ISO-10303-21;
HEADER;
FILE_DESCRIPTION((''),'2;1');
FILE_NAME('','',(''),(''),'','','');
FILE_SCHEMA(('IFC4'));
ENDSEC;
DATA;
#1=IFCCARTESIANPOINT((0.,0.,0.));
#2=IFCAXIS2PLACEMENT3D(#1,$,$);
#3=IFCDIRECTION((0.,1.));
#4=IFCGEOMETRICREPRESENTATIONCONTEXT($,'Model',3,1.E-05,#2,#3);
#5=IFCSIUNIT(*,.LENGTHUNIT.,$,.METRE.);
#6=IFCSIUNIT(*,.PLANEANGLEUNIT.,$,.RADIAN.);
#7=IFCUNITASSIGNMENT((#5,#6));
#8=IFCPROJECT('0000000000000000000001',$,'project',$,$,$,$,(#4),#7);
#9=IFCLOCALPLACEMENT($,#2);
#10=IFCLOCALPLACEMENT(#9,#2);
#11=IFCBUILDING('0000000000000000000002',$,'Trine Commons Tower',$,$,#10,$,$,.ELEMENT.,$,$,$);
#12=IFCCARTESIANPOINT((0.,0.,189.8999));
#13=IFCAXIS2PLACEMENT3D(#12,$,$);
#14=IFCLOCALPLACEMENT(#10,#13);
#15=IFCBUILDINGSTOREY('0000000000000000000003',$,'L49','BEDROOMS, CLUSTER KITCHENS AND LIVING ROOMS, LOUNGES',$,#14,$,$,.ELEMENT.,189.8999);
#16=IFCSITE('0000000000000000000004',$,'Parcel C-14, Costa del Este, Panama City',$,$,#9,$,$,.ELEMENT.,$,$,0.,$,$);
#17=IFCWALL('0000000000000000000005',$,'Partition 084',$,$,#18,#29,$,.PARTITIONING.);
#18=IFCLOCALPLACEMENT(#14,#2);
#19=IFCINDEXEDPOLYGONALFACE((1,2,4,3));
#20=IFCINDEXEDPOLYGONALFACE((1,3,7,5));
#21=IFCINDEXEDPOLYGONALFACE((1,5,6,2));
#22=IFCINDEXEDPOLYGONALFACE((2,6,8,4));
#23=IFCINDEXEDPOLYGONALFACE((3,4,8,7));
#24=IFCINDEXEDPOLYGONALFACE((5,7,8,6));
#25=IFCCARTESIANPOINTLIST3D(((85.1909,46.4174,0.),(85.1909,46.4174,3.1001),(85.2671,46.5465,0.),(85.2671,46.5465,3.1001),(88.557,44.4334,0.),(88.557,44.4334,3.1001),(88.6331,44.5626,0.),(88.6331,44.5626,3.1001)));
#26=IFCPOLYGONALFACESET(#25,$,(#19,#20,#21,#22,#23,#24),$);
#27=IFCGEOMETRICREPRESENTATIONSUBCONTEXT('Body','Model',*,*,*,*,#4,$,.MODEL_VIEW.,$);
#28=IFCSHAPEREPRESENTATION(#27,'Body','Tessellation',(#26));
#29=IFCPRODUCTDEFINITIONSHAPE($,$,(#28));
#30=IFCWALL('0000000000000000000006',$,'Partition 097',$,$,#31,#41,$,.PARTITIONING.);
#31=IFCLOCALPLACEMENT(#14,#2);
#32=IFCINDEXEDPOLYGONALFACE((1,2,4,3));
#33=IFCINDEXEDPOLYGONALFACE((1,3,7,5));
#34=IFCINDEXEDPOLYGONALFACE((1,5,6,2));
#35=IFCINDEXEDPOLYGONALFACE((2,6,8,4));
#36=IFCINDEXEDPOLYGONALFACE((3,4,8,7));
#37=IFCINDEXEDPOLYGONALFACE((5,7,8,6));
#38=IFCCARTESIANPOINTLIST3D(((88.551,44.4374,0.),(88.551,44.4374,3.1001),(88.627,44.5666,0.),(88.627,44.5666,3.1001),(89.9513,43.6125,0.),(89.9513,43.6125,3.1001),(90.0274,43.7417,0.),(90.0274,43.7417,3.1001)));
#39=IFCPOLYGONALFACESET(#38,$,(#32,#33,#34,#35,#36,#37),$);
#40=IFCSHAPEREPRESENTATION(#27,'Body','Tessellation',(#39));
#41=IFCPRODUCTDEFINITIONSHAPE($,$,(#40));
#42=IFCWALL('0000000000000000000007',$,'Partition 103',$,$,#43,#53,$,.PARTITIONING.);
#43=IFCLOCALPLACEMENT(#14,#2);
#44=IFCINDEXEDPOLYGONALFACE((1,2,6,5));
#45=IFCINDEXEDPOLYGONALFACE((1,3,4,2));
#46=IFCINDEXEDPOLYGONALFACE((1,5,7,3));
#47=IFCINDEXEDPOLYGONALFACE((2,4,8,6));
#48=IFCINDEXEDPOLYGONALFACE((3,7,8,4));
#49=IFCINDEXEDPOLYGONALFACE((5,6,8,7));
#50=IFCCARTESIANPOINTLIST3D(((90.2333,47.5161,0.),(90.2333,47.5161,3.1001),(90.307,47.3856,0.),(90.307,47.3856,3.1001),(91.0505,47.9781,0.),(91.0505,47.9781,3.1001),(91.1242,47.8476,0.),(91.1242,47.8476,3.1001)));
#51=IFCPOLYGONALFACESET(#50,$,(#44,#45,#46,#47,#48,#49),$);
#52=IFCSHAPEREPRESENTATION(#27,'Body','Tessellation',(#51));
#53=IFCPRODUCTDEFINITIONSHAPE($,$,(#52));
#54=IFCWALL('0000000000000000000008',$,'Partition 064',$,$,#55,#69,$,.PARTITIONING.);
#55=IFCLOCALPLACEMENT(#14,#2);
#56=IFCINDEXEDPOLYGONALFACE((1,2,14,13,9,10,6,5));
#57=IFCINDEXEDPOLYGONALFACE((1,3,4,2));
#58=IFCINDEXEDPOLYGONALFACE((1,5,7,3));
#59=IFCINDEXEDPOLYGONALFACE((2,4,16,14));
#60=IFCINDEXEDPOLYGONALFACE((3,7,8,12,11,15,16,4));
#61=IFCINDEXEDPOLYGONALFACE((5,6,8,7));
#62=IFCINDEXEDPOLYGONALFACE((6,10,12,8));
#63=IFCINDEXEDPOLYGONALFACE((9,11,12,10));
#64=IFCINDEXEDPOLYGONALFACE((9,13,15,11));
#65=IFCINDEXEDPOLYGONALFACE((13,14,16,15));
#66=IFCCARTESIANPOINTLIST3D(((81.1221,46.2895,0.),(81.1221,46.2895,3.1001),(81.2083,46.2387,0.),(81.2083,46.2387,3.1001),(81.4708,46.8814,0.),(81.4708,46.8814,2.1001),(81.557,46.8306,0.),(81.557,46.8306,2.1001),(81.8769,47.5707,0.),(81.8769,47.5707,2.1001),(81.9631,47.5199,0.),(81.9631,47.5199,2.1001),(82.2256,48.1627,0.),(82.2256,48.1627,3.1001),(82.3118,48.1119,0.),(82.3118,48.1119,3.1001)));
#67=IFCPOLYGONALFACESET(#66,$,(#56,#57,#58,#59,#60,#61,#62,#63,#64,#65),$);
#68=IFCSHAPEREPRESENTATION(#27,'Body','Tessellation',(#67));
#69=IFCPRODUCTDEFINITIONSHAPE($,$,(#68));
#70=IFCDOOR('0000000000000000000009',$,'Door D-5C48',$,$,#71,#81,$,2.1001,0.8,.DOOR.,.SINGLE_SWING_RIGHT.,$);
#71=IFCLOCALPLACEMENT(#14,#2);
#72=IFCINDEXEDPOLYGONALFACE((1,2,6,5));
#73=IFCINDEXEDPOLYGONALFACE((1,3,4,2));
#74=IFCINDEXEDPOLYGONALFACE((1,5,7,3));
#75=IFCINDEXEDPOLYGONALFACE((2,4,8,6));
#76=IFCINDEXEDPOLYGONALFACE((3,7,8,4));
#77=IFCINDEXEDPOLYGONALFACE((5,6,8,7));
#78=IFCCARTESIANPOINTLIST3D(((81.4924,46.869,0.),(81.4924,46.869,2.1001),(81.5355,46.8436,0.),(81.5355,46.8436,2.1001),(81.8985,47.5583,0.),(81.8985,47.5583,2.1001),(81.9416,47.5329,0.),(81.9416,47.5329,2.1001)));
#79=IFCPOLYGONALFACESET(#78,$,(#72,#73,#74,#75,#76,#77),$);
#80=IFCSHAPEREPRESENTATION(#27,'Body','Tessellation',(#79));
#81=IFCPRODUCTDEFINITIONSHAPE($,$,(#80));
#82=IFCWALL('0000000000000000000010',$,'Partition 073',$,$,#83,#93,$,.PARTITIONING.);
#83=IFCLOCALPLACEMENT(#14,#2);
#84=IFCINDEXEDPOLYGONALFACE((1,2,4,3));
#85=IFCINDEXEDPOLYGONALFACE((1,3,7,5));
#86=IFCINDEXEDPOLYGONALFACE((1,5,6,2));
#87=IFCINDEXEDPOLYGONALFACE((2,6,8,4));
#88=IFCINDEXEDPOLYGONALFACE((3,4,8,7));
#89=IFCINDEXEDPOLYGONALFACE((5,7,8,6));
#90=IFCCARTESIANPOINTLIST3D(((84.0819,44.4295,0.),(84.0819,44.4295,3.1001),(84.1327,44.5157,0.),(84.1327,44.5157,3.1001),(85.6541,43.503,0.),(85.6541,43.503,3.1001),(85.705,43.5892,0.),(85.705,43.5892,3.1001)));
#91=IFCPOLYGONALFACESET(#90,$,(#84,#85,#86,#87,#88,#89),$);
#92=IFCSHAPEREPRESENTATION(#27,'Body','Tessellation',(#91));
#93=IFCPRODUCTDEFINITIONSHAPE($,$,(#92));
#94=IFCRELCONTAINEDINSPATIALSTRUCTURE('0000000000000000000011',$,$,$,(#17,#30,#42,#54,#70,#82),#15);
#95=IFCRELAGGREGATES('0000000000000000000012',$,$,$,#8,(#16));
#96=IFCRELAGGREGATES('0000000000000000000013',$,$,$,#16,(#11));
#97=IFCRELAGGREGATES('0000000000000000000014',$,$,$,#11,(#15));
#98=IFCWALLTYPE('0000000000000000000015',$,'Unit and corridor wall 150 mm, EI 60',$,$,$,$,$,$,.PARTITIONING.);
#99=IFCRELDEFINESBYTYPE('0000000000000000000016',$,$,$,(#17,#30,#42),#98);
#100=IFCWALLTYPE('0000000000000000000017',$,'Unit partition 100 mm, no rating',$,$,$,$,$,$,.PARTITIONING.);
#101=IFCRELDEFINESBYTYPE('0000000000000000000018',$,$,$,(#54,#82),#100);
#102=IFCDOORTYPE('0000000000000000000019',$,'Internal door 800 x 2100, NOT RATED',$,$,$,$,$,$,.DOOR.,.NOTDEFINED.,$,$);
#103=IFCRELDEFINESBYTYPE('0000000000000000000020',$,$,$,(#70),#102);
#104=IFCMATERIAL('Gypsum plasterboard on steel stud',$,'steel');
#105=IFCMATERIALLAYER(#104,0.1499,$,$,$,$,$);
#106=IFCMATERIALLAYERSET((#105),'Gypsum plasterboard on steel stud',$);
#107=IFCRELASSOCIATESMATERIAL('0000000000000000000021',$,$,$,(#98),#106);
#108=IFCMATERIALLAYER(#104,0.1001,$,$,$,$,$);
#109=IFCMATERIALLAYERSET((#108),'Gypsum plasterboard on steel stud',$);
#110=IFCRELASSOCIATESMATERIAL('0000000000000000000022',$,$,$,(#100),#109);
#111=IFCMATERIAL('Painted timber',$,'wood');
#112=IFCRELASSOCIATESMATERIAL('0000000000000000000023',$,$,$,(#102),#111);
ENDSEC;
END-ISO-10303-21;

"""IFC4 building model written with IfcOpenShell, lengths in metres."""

from ifc_helpers import new_model, si_unit, direction, frame, frame_2d, origin, place, context, subcontext, project, spatial, rectangle, extrude, material, layer, layer_set, type_object, element, fill, save


model = new_model("IFC4")

# Units and contexts
model_context = context("Model", 3, precision=1e-05, world=origin(), true_north=direction((0.0, 1.0)))
body_context = subcontext(model_context, "Body", "Model", "MODEL_VIEW")
ifc_project = project(units=[si_unit("LENGTHUNIT", "METRE"), si_unit("PLANEANGLEUNIT", "RADIAN")], contexts=[model_context])

# Site, building, storey
site_placement = place(None, origin())
site = spatial("IfcSite", under=ifc_project, at=site_placement, Name="Parcel C-14, Costa del Este, Panama City", CompositionType="ELEMENT", RefElevation=0.0)
building_placement = place(site_placement, origin())
building = spatial("IfcBuilding", under=site, at=building_placement, Name="Trine Commons Tower", CompositionType="ELEMENT")
storey_placement = place(building_placement, frame((0.0, 0.0, 189.8999)))
storey = spatial("IfcBuildingStorey", under=building, at=storey_placement, Name="L49", Description="BEDROOMS, CLUSTER KITCHENS AND LIVING ROOMS, LOUNGES", CompositionType="ELEMENT", Elevation=189.8999)

# Shared definitions
ifc_material_1 = material(Name="Gypsum plasterboard on steel stud", Category="steel")
ifc_layer_1 = layer(ifc_material_1, 0.1499)
ifc_layer_set_1 = layer_set([ifc_layer_1], Name="Gypsum plasterboard on steel stud")
wall_type_1 = type_object("IfcWallType", Name="Unit and corridor wall 150 mm, EI 60", PredefinedType="PARTITIONING", material=ifc_layer_set_1)

# Walls
wall_1_placement = place(storey_placement, frame((85.229, 46.4819, 0.0), z_axis=(0.0, 0.0, 1.0), x_axis=(0.861497, -0.507763, 0.0)))
element("IfcWall", 1, at=wall_1_placement, inside=storey, type_object=wall_type_1, Name="Partition 084", PredefinedType="PARTITIONING", context=body_context, shape_type="SweptSolid", body=[
    extrude(rectangle(XDim=3.9072, YDim=0.1499, at=frame_2d((1.9536, 0.0))), origin(), (0.0, 0.0, 1.0), 3.1001),
])
wall_2_placement = place(storey_placement, frame((88.5891, 44.502, 0.0), z_axis=(0.0, 0.0, 1.0), x_axis=(0.861614, -0.507565, 0.0)))
element("IfcWall", 2, at=wall_2_placement, inside=storey, type_object=wall_type_1, Name="Partition 097", PredefinedType="PARTITIONING", context=body_context, shape_type="SweptSolid", body=[
    extrude(rectangle(XDim=1.6252, YDim=0.1499, at=frame_2d((0.8125, 0.0))), origin(), (0.0, 0.0, 1.0), 3.1001),
])
wall_3_placement = place(storey_placement, frame((90.2703, 47.4509, 0.0), z_axis=(0.0, 0.0, 1.0), x_axis=(0.870539, 0.4921, 0.0)))
element("IfcWall", 3, at=wall_3_placement, inside=storey, type_object=wall_type_1, Name="Partition 103", PredefinedType="PARTITIONING", context=body_context, shape_type="SweptSolid", body=[
    extrude(rectangle(XDim=0.9387, YDim=0.1499, at=frame_2d((0.4692, 0.0))), origin(), (0.0, 0.0, 1.0), 3.1001),
])

# Wall, opening, door
ifc_layer_2 = layer(ifc_material_1, 0.1001)
ifc_layer_set_2 = layer_set([ifc_layer_2], Name="Gypsum plasterboard on steel stud")
wall_type_2 = type_object("IfcWallType", Name="Unit partition 100 mm, no rating", PredefinedType="PARTITIONING", material=ifc_layer_set_2)
wall_4_placement = place(storey_placement, frame((81.1653, 46.2642, 0.0), z_axis=(0.0, 0.0, 1.0), x_axis=(0.50756, 0.861617, 0.0)))
wall_4 = element("IfcWall", 4, at=wall_4_placement, inside=storey, type_object=wall_type_2, Name="Partition 064", PredefinedType="PARTITIONING", context=body_context, shape_type="SweptSolid", body=[
    extrude(rectangle(XDim=2.1741, YDim=0.1001, at=frame_2d((1.0869, 0.0))), origin(), (0.0, 0.0, 1.0), 3.1001),
])
opening_1_placement = place(wall_4_placement, frame((0.687, 0.0, 0.0)))
opening_1 = element("IfcOpeningElement", 5, at=opening_1_placement, cuts=wall_4, PredefinedType="OPENING", context=body_context, shape_type="SweptSolid", body=[
    extrude(rectangle(XDim=0.8, YDim=2.1001, at=frame_2d((0.3999, 1.05))), frame((0.0, 0.0601, 0.0), z_axis=(0.0, -1.0, 0.0), x_axis=(1.0, 0.0, 0.0)), (0.0, 0.0, 1.0), 0.1201),
])
ifc_material_2 = material(Name="Painted timber", Category="wood")
door_type_1 = type_object("IfcDoorType", Name="Internal door 800 x 2100, NOT RATED", OperationType="NOTDEFINED", PredefinedType="DOOR", material=ifc_material_2)
door_1_placement = place(opening_1_placement, frame((0.8, 0.0, 0.0), z_axis=(0.0, 0.0, 1.0), x_axis=(-1.0, 0.0, 0.0)))
door_1 = element("IfcDoor", 6, at=door_1_placement, inside=storey, type_object=door_type_1, Name="Door D-5C48", OperationType="SINGLE_SWING_RIGHT", OverallHeight=2.1001, OverallWidth=0.8, PredefinedType="DOOR", context=body_context, shape_type="SweptSolid", body=[
    extrude(rectangle(XDim=0.8, YDim=2.1001, at=frame_2d((0.3999, 1.05))), frame((0.0, 0.0249, 0.0), z_axis=(0.0, -1.0, 0.0), x_axis=(1.0, 0.0, 0.0)), (0.0, 0.0, 1.0), 0.05),
])
fill(opening_1, door_1)

# Wall
wall_5_placement = place(storey_placement, frame((84.1072, 44.4727, 0.0), z_axis=(0.0, 0.0, 1.0), x_axis=(0.861538, -0.507692, 0.0)))
element("IfcWall", 7, at=wall_5_placement, inside=storey, type_object=wall_type_2, Name="Partition 073", PredefinedType="PARTITIONING", context=body_context, shape_type="SweptSolid", body=[
    extrude(rectangle(XDim=1.825, YDim=0.1001, at=frame_2d((0.9126, 0.0))), origin(), (0.0, 0.0, 1.0), 3.1001),
])

save(model, "model.ifc")
